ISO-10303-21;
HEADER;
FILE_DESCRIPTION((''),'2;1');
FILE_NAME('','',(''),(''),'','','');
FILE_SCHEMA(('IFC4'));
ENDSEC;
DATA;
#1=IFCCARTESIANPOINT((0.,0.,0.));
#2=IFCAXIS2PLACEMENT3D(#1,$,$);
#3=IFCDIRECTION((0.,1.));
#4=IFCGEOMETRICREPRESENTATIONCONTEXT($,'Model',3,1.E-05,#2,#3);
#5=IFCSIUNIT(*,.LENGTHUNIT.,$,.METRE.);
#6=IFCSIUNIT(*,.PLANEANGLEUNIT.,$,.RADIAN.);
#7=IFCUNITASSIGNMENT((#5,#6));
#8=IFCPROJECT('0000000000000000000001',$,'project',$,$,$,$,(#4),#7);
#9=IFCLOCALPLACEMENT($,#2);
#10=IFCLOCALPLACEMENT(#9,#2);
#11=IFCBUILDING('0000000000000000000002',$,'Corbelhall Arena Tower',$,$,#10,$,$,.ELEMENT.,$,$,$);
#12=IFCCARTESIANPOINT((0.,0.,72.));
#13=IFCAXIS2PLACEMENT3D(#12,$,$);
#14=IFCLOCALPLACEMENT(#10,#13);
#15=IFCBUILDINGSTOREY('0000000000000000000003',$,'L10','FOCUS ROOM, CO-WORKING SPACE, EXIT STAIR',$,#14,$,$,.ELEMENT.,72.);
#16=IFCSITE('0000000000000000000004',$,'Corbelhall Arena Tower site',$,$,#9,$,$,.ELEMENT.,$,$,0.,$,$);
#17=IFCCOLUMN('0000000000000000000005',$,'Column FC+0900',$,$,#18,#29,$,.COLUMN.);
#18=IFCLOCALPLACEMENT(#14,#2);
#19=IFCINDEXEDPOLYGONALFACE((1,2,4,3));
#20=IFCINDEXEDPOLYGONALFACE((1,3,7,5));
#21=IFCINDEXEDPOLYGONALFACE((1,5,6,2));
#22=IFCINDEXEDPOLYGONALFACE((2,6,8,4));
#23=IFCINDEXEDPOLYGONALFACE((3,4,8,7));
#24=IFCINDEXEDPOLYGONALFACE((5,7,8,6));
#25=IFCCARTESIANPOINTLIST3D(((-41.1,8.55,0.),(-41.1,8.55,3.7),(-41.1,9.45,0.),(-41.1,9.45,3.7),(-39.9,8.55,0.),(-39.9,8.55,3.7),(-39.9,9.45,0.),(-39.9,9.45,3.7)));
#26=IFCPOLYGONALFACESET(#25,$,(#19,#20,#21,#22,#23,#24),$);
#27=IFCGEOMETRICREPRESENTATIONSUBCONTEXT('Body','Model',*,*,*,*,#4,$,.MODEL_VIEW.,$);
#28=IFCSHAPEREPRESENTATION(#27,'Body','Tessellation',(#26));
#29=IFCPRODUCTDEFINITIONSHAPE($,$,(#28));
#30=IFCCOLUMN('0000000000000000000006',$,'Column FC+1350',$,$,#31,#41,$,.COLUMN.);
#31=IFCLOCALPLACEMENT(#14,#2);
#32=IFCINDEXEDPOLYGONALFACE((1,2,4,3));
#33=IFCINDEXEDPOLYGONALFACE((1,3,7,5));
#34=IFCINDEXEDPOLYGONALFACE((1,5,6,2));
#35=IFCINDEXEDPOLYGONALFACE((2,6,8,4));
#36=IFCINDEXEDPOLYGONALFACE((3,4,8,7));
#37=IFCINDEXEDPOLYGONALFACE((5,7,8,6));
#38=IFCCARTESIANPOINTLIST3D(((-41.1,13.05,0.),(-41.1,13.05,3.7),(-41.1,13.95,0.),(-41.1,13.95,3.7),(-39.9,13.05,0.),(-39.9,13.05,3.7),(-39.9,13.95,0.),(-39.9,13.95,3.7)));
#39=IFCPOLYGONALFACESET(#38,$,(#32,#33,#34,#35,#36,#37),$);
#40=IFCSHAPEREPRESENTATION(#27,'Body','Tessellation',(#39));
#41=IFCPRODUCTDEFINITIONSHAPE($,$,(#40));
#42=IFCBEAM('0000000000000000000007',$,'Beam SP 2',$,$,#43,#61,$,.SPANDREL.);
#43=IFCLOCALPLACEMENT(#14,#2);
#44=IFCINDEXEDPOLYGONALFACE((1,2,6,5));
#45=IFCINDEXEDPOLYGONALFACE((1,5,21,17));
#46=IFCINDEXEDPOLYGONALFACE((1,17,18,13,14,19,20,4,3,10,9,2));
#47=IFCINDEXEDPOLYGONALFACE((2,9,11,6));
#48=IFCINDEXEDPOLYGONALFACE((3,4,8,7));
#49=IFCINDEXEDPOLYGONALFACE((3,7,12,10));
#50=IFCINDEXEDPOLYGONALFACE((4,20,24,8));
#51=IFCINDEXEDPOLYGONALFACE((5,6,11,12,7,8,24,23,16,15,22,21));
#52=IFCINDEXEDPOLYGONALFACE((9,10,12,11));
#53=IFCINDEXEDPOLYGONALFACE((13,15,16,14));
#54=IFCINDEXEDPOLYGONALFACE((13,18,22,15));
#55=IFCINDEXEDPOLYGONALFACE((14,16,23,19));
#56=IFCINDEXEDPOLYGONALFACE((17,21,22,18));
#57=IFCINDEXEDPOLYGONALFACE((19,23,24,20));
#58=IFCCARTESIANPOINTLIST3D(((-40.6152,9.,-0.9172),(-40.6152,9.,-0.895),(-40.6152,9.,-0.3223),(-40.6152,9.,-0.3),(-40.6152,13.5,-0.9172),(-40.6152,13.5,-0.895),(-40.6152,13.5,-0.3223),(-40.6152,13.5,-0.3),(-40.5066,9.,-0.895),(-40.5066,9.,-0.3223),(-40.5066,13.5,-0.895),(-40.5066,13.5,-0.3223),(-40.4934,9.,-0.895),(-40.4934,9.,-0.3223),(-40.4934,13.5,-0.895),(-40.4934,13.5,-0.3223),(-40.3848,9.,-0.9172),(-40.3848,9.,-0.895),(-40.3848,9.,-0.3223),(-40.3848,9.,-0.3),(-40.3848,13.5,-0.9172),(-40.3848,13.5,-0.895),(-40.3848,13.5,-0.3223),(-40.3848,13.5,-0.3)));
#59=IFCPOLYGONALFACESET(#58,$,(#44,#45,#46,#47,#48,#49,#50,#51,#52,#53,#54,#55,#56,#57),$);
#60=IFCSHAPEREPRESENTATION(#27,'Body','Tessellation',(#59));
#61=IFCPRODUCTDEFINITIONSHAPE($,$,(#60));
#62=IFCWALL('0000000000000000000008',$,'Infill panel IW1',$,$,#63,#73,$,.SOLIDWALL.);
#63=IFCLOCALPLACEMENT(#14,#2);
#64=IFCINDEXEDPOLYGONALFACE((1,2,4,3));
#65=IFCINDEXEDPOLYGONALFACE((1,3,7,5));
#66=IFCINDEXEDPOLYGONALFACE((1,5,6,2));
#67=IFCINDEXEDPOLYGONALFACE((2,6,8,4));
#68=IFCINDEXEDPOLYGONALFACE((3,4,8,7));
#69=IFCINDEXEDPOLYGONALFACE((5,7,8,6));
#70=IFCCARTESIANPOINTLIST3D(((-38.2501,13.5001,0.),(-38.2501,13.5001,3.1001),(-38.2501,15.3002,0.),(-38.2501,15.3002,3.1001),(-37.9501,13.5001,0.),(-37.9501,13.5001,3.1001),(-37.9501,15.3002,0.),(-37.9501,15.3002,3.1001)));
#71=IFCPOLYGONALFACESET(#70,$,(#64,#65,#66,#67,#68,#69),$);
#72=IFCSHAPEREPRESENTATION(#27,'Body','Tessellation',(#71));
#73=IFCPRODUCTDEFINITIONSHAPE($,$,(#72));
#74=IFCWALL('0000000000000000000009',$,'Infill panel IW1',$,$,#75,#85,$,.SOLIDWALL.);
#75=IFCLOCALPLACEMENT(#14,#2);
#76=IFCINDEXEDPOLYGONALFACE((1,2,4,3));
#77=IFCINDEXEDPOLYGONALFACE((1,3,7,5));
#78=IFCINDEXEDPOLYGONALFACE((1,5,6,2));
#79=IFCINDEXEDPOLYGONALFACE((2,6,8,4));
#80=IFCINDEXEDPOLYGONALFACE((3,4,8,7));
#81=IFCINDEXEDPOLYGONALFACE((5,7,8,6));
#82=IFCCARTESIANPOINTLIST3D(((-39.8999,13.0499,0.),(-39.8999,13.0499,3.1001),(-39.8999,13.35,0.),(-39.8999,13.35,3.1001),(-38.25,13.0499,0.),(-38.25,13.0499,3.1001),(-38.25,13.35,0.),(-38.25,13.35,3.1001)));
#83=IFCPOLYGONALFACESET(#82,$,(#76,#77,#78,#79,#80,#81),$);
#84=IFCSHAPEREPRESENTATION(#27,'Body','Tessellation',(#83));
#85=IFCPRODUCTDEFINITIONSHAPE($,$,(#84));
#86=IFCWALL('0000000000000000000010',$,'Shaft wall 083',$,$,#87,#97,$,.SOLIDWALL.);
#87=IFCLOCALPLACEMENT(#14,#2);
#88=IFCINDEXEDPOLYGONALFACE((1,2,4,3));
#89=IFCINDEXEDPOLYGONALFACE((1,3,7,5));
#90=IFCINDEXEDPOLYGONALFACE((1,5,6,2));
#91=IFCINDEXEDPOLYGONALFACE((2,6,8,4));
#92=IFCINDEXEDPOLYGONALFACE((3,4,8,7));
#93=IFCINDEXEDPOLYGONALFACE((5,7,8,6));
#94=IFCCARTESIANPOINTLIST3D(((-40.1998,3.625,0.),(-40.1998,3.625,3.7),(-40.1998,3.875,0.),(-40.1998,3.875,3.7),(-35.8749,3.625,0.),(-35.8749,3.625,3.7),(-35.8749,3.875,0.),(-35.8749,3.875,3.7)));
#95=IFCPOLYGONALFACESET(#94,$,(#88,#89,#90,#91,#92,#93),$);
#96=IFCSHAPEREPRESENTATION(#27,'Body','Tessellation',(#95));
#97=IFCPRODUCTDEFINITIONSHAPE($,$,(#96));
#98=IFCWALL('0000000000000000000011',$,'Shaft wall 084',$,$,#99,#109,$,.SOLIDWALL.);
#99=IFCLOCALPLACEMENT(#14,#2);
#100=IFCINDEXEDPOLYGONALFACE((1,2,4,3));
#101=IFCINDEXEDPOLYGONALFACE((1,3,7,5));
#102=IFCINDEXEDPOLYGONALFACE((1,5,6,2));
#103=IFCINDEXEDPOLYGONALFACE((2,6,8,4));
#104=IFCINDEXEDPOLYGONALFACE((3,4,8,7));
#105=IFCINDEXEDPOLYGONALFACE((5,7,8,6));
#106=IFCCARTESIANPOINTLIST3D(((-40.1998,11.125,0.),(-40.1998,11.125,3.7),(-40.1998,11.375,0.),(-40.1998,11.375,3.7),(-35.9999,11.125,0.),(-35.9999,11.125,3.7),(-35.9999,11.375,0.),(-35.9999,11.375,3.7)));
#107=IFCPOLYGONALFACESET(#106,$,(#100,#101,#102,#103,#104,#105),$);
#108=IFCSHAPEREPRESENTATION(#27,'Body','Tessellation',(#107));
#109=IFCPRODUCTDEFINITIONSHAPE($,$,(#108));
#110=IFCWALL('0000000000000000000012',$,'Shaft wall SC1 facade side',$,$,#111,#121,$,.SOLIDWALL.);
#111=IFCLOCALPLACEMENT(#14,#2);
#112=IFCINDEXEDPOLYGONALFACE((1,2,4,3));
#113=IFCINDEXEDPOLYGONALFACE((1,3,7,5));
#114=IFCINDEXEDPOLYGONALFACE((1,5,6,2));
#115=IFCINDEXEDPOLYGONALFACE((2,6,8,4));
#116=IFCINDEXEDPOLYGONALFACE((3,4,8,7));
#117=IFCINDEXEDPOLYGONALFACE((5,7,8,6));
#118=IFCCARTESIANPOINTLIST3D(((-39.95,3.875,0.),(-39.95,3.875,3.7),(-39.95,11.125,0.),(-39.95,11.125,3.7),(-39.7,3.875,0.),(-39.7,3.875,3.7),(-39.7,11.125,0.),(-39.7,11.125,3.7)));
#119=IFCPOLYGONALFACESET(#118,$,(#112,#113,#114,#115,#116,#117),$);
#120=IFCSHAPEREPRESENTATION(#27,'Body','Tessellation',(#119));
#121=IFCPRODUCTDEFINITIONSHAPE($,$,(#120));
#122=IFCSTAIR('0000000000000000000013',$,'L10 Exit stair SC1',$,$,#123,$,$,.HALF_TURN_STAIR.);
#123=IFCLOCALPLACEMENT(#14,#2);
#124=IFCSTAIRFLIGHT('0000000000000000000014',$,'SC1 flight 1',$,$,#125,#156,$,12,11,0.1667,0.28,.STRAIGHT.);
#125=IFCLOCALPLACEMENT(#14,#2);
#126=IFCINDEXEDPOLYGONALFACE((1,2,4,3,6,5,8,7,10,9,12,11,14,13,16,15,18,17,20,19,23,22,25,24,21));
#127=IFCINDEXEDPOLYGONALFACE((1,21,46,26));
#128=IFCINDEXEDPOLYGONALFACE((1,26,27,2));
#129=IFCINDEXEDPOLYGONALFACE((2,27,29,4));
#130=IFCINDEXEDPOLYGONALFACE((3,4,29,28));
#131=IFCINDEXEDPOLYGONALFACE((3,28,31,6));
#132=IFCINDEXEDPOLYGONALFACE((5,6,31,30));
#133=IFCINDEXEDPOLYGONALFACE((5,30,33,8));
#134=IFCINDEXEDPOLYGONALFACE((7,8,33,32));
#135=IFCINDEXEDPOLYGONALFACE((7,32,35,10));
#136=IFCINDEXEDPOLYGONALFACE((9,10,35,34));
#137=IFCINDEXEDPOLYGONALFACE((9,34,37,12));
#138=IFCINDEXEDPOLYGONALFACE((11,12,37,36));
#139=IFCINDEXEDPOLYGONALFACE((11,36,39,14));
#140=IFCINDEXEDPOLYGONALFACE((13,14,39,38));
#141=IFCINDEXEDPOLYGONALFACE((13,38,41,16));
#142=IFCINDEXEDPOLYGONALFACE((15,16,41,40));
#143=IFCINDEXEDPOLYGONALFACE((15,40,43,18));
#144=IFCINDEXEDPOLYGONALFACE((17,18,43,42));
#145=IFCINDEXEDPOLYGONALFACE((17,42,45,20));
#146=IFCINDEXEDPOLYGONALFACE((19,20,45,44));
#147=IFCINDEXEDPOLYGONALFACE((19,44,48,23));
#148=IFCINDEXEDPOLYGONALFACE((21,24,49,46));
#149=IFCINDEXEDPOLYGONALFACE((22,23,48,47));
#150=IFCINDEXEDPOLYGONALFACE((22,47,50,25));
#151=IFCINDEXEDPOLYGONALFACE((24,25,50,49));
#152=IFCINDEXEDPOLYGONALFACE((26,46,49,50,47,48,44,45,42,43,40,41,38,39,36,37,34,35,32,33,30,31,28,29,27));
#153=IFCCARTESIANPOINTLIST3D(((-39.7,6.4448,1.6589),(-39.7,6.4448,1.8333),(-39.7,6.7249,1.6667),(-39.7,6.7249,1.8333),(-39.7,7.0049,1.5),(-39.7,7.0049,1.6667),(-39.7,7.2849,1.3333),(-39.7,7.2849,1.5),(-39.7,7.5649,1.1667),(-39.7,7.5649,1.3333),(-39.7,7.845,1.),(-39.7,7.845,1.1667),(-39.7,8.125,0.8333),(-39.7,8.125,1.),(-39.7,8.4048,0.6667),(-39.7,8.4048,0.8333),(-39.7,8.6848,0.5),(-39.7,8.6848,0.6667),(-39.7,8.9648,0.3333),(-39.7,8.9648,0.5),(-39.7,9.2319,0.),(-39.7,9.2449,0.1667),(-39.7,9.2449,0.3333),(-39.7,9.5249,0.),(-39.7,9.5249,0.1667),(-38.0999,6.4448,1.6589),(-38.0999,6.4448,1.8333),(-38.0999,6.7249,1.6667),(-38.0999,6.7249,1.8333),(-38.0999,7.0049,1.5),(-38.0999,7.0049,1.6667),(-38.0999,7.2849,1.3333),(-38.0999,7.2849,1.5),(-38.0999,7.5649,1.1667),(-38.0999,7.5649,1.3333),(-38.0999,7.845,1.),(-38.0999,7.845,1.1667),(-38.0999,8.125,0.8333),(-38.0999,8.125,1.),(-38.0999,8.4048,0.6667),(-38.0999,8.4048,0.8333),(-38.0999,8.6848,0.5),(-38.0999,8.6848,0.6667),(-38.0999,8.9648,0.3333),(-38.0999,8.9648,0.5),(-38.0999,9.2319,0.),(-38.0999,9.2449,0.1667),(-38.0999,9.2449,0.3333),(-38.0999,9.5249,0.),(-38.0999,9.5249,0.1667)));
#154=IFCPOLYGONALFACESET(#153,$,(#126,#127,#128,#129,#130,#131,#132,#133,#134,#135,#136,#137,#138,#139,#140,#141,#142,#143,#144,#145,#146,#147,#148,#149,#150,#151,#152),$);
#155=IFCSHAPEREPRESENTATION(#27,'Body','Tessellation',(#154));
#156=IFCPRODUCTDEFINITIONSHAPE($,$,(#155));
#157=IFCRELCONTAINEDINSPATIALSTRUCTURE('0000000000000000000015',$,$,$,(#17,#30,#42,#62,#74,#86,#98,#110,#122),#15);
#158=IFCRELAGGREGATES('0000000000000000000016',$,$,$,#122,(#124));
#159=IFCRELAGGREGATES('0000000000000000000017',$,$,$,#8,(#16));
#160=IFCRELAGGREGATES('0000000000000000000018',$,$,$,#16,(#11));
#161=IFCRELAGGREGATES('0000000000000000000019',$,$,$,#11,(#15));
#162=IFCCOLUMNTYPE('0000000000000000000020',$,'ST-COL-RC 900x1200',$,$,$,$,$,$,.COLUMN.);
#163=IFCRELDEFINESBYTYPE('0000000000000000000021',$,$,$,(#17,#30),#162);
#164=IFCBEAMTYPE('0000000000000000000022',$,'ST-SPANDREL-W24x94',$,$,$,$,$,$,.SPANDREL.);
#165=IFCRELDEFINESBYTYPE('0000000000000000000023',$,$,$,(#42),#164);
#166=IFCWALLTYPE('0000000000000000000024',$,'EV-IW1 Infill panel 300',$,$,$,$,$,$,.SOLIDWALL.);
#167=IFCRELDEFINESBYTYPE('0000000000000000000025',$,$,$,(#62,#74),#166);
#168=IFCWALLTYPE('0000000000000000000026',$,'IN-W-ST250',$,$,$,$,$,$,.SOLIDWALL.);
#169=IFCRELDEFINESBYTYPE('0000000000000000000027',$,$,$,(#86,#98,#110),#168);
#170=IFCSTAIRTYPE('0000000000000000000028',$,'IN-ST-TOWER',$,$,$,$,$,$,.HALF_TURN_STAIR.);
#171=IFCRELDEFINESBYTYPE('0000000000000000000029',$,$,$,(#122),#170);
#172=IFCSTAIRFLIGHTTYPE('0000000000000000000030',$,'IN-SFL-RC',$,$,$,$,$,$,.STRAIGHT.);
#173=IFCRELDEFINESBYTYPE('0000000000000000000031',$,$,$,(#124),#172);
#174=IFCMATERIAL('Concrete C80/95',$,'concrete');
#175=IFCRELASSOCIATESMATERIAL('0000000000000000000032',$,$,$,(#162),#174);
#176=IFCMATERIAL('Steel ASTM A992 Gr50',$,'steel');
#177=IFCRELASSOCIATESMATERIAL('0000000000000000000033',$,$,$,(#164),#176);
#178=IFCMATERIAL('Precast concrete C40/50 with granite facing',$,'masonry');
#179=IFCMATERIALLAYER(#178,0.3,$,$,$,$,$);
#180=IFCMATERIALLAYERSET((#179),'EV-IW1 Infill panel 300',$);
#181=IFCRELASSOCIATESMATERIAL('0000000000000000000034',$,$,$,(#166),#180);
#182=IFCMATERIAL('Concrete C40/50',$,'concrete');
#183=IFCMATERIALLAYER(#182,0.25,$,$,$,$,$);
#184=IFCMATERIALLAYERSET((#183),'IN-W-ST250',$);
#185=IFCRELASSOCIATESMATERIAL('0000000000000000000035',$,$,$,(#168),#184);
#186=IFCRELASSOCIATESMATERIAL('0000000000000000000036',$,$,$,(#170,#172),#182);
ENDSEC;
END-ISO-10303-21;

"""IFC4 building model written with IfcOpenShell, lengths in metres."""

from ifc_helpers import new_model, si_unit, direction, frame, frame_2d, origin, origin_2d, place, context, subcontext, project, spatial, polyline, rectangle, i_section, outline, extrude, material, layer, layer_set, material_profile, profile_set, type_object, element, aggregate, save


model = new_model("IFC4")

# Units and contexts
model_context = context("Model", 3, precision=1e-05, world=origin(), true_north=direction((0.0, 1.0)))
body_context = subcontext(model_context, "Body", "Model", "MODEL_VIEW")
ifc_project = project(units=[si_unit("LENGTHUNIT", "METRE"), si_unit("PLANEANGLEUNIT", "RADIAN")], contexts=[model_context])

# Site, building, storey
site_placement = place(None, origin())
site = spatial("IfcSite", under=ifc_project, at=site_placement, Name="Corbelhall Arena Tower site", CompositionType="ELEMENT", RefElevation=0.0)
building_placement = place(site_placement, origin())
building = spatial("IfcBuilding", under=site, at=building_placement, Name="Corbelhall Arena Tower", CompositionType="ELEMENT")
storey_placement = place(building_placement, frame((0.0, 0.0, 72.0)))
storey = spatial("IfcBuildingStorey", under=building, at=storey_placement, Name="L10", Description="FOCUS ROOM, CO-WORKING SPACE, EXIT STAIR", CompositionType="ELEMENT", Elevation=72.0)

# Columns
ifc_material_1 = material(Name="Concrete C80/95", Category="concrete")
ifc_material_profile_1 = material_profile(ifc_material_1, rectangle(XDim=0.8999, YDim=1.2, at=origin_2d()))
ifc_profile_set_1 = profile_set([ifc_material_profile_1], Name="Concrete C80/95")
column_type = type_object("IfcColumnType", Name="ST-COL-RC 900x1200", PredefinedType="COLUMN", material=ifc_profile_set_1)
for number, where, z_axis, x_axis, name in (
    (1, (-40.5, 9.0, 0.0), (0.0, 0.0, 1.0), (0.0, 1.0, 0.0), "Column FC+0900"),
    (2, (-40.5, 13.5, 0.0), (0.0, 0.0, 1.0), (0.0, 1.0, 0.0), "Column FC+1350"),
):
    element("IfcColumn", number, at=place(storey_placement, frame(where, z_axis=z_axis, x_axis=x_axis)), inside=storey, type_object=column_type, Name=name, PredefinedType="COLUMN", context=body_context, shape_type="SweptSolid", body=[
        extrude(rectangle(XDim=0.8999, YDim=1.2, at=origin_2d()), origin(), (0.0, 0.0, 1.0), 3.7),
    ])

# Beam
ifc_material_2 = material(Name="Steel ASTM A992 Gr50", Category="steel")
ifc_material_profile_2 = material_profile(ifc_material_2, i_section(OverallWidth=0.2305, OverallDepth=0.6172, WebThickness=0.0132, FlangeThickness=0.0222, at=origin_2d()))
ifc_profile_set_2 = profile_set([ifc_material_profile_2], Name="Steel ASTM A992 Gr50")
beam_type = type_object("IfcBeamType", Name="ST-SPANDREL-W24x94", PredefinedType="SPANDREL", material=ifc_profile_set_2)
beam_placement = place(storey_placement, frame((-40.5, 9.0, -0.6086), z_axis=(0.0, 1.0, 0.0), x_axis=(-1.0, 0.0, 0.0)))
element("IfcBeam", 3, at=beam_placement, inside=storey, type_object=beam_type, Name="Beam SP 2", PredefinedType="SPANDREL", context=body_context, shape_type="SweptSolid", body=[
    extrude(i_section(OverallWidth=0.2305, OverallDepth=0.6172, WebThickness=0.0132, FlangeThickness=0.0222, at=origin_2d()), origin(), (0.0, 0.0, 1.0), 4.5),
])

# Walls
ifc_material_3 = material(Name="Precast concrete C40/50 with granite facing", Category="masonry")
ifc_layer_1 = layer(ifc_material_3, 0.3)
ifc_layer_set_1 = layer_set([ifc_layer_1], Name="EV-IW1 Infill panel 300")
wall_type_1 = type_object("IfcWallType", Name="EV-IW1 Infill panel 300", PredefinedType="SOLIDWALL", material=ifc_layer_set_1)
wall_1_placement = place(storey_placement, frame((-38.1001, 15.3, 0.0), z_axis=(0.0, 0.0, 1.0), x_axis=(0.0, -1.0, 0.0)))
element("IfcWall", 4, at=wall_1_placement, inside=storey, type_object=wall_type_1, Name="Infill panel IW1", PredefinedType="SOLIDWALL", context=body_context, shape_type="SweptSolid", body=[
    extrude(rectangle(XDim=1.8, YDim=0.3, at=frame_2d((0.8999, 0.0))), origin(), (0.0, 0.0, 1.0), 3.1001),
])
wall_2_placement = place(storey_placement, frame((-39.8999, 13.2, 0.0), z_axis=(0.0, 0.0, 1.0), x_axis=(1.0, 0.0, 0.0)))
element("IfcWall", 5, at=wall_2_placement, inside=storey, type_object=wall_type_1, Name="Infill panel IW1", PredefinedType="SOLIDWALL", context=body_context, shape_type="SweptSolid", body=[
    extrude(rectangle(XDim=1.6499, YDim=0.3, at=frame_2d((0.825, 0.0))), origin(), (0.0, 0.0, 1.0), 3.1001),
])

# Walls
ifc_material_4 = material(Name="Concrete C40/50", Category="concrete")
ifc_layer_2 = layer(ifc_material_4, 0.25)
ifc_layer_set_2 = layer_set([ifc_layer_2], Name="IN-W-ST250")
wall_type_2 = type_object("IfcWallType", Name="IN-W-ST250", PredefinedType="SOLIDWALL", material=ifc_layer_set_2)
wall_3_placement = place(storey_placement, frame((-40.2, 3.75, 0.0), z_axis=(0.0, 0.0, 1.0), x_axis=(1.0, 0.0, 0.0)))
element("IfcWall", 6, at=wall_3_placement, inside=storey, type_object=wall_type_2, Name="Shaft wall 083", PredefinedType="SOLIDWALL", context=body_context, shape_type="SweptSolid", body=[
    extrude(rectangle(XDim=4.325, YDim=0.25, at=frame_2d((2.1626, 0.0))), origin(), (0.0, 0.0, 1.0), 3.7),
])
wall_4_placement = place(storey_placement, frame((-40.2, 11.25, 0.0), z_axis=(0.0, 0.0, 1.0), x_axis=(1.0, 0.0, 0.0)))
element("IfcWall", 7, at=wall_4_placement, inside=storey, type_object=wall_type_2, Name="Shaft wall 084", PredefinedType="SOLIDWALL", context=body_context, shape_type="SweptSolid", body=[
    extrude(rectangle(XDim=4.2, YDim=0.25, at=frame_2d((2.1001, 0.0))), origin(), (0.0, 0.0, 1.0), 3.7),
])
wall_5_placement = place(storey_placement, frame((-39.825, 3.875, 0.0), z_axis=(0.0, 0.0, 1.0), x_axis=(0.0, 1.0, 0.0)))
element("IfcWall", 8, at=wall_5_placement, inside=storey, type_object=wall_type_2, Name="Shaft wall SC1 facade side", PredefinedType="SOLIDWALL", context=body_context, shape_type="SweptSolid", body=[
    extrude(rectangle(XDim=7.25, YDim=0.25, at=frame_2d((3.625, 0.0))), origin(), (0.0, 0.0, 1.0), 3.7),
])

# Stair, stair flight
stair_type = type_object("IfcStairType", Name="IN-ST-TOWER", PredefinedType="HALF_TURN_STAIR", material=ifc_material_4)
stair_placement = place(storey_placement, origin())
stair = element("IfcStair", 9, at=stair_placement, inside=storey, type_object=stair_type, Name="L10 Exit stair SC1", PredefinedType="HALF_TURN_STAIR")
stair_flight_type = type_object("IfcStairFlightType", Name="IN-SFL-RC", PredefinedType="STRAIGHT", material=ifc_material_4)
stair_flight_1_placement = place(storey_placement, frame((-38.8999, 9.5249, 0.0), z_axis=(0.0, 0.0, 1.0), x_axis=(0.0, -1.0, 0.0)))
stair_flight_1 = element("IfcStairFlight", 10, at=stair_flight_1_placement, type_object=stair_flight_type, Name="SC1 flight 1", NumberOfRisers=12, NumberOfTreads=11, PredefinedType="STRAIGHT", RiserHeight=0.1667, TreadLength=0.28, context=body_context, shape_type="SweptSolid", body=[
    extrude(outline(polyline([(0.0, 0.0), (0.0, 0.1667), (0.28, 0.1667), (0.28, 0.3333), (0.5601, 0.3333), (0.5601, 0.5), (0.8401, 0.5), (0.8401, 0.6667), (1.1201, 0.6667), (1.1201, 0.8333), (1.3999, 0.8333), (1.3999, 1.0), (1.6799, 1.0), (1.6799, 1.1667), (1.96, 1.1667), (1.96, 1.3333), (2.24, 1.3333), (2.24, 1.5), (2.52, 1.5), (2.52, 1.6667), (2.8, 1.6667), (2.8, 1.8333), (3.0801, 1.8333), (3.0801, 2.0), (3.0801, 1.6589), (0.293, 0.0), (0.0, 0.0)])), frame((0.0, 0.8, 0.0), z_axis=(0.0, -1.0, 0.0), x_axis=(1.0, 0.0, 0.0)), (0.0, 0.0, 1.0), 1.6001),
])
aggregate(stair, [stair_flight_1])

save(model, "model.ifc")
